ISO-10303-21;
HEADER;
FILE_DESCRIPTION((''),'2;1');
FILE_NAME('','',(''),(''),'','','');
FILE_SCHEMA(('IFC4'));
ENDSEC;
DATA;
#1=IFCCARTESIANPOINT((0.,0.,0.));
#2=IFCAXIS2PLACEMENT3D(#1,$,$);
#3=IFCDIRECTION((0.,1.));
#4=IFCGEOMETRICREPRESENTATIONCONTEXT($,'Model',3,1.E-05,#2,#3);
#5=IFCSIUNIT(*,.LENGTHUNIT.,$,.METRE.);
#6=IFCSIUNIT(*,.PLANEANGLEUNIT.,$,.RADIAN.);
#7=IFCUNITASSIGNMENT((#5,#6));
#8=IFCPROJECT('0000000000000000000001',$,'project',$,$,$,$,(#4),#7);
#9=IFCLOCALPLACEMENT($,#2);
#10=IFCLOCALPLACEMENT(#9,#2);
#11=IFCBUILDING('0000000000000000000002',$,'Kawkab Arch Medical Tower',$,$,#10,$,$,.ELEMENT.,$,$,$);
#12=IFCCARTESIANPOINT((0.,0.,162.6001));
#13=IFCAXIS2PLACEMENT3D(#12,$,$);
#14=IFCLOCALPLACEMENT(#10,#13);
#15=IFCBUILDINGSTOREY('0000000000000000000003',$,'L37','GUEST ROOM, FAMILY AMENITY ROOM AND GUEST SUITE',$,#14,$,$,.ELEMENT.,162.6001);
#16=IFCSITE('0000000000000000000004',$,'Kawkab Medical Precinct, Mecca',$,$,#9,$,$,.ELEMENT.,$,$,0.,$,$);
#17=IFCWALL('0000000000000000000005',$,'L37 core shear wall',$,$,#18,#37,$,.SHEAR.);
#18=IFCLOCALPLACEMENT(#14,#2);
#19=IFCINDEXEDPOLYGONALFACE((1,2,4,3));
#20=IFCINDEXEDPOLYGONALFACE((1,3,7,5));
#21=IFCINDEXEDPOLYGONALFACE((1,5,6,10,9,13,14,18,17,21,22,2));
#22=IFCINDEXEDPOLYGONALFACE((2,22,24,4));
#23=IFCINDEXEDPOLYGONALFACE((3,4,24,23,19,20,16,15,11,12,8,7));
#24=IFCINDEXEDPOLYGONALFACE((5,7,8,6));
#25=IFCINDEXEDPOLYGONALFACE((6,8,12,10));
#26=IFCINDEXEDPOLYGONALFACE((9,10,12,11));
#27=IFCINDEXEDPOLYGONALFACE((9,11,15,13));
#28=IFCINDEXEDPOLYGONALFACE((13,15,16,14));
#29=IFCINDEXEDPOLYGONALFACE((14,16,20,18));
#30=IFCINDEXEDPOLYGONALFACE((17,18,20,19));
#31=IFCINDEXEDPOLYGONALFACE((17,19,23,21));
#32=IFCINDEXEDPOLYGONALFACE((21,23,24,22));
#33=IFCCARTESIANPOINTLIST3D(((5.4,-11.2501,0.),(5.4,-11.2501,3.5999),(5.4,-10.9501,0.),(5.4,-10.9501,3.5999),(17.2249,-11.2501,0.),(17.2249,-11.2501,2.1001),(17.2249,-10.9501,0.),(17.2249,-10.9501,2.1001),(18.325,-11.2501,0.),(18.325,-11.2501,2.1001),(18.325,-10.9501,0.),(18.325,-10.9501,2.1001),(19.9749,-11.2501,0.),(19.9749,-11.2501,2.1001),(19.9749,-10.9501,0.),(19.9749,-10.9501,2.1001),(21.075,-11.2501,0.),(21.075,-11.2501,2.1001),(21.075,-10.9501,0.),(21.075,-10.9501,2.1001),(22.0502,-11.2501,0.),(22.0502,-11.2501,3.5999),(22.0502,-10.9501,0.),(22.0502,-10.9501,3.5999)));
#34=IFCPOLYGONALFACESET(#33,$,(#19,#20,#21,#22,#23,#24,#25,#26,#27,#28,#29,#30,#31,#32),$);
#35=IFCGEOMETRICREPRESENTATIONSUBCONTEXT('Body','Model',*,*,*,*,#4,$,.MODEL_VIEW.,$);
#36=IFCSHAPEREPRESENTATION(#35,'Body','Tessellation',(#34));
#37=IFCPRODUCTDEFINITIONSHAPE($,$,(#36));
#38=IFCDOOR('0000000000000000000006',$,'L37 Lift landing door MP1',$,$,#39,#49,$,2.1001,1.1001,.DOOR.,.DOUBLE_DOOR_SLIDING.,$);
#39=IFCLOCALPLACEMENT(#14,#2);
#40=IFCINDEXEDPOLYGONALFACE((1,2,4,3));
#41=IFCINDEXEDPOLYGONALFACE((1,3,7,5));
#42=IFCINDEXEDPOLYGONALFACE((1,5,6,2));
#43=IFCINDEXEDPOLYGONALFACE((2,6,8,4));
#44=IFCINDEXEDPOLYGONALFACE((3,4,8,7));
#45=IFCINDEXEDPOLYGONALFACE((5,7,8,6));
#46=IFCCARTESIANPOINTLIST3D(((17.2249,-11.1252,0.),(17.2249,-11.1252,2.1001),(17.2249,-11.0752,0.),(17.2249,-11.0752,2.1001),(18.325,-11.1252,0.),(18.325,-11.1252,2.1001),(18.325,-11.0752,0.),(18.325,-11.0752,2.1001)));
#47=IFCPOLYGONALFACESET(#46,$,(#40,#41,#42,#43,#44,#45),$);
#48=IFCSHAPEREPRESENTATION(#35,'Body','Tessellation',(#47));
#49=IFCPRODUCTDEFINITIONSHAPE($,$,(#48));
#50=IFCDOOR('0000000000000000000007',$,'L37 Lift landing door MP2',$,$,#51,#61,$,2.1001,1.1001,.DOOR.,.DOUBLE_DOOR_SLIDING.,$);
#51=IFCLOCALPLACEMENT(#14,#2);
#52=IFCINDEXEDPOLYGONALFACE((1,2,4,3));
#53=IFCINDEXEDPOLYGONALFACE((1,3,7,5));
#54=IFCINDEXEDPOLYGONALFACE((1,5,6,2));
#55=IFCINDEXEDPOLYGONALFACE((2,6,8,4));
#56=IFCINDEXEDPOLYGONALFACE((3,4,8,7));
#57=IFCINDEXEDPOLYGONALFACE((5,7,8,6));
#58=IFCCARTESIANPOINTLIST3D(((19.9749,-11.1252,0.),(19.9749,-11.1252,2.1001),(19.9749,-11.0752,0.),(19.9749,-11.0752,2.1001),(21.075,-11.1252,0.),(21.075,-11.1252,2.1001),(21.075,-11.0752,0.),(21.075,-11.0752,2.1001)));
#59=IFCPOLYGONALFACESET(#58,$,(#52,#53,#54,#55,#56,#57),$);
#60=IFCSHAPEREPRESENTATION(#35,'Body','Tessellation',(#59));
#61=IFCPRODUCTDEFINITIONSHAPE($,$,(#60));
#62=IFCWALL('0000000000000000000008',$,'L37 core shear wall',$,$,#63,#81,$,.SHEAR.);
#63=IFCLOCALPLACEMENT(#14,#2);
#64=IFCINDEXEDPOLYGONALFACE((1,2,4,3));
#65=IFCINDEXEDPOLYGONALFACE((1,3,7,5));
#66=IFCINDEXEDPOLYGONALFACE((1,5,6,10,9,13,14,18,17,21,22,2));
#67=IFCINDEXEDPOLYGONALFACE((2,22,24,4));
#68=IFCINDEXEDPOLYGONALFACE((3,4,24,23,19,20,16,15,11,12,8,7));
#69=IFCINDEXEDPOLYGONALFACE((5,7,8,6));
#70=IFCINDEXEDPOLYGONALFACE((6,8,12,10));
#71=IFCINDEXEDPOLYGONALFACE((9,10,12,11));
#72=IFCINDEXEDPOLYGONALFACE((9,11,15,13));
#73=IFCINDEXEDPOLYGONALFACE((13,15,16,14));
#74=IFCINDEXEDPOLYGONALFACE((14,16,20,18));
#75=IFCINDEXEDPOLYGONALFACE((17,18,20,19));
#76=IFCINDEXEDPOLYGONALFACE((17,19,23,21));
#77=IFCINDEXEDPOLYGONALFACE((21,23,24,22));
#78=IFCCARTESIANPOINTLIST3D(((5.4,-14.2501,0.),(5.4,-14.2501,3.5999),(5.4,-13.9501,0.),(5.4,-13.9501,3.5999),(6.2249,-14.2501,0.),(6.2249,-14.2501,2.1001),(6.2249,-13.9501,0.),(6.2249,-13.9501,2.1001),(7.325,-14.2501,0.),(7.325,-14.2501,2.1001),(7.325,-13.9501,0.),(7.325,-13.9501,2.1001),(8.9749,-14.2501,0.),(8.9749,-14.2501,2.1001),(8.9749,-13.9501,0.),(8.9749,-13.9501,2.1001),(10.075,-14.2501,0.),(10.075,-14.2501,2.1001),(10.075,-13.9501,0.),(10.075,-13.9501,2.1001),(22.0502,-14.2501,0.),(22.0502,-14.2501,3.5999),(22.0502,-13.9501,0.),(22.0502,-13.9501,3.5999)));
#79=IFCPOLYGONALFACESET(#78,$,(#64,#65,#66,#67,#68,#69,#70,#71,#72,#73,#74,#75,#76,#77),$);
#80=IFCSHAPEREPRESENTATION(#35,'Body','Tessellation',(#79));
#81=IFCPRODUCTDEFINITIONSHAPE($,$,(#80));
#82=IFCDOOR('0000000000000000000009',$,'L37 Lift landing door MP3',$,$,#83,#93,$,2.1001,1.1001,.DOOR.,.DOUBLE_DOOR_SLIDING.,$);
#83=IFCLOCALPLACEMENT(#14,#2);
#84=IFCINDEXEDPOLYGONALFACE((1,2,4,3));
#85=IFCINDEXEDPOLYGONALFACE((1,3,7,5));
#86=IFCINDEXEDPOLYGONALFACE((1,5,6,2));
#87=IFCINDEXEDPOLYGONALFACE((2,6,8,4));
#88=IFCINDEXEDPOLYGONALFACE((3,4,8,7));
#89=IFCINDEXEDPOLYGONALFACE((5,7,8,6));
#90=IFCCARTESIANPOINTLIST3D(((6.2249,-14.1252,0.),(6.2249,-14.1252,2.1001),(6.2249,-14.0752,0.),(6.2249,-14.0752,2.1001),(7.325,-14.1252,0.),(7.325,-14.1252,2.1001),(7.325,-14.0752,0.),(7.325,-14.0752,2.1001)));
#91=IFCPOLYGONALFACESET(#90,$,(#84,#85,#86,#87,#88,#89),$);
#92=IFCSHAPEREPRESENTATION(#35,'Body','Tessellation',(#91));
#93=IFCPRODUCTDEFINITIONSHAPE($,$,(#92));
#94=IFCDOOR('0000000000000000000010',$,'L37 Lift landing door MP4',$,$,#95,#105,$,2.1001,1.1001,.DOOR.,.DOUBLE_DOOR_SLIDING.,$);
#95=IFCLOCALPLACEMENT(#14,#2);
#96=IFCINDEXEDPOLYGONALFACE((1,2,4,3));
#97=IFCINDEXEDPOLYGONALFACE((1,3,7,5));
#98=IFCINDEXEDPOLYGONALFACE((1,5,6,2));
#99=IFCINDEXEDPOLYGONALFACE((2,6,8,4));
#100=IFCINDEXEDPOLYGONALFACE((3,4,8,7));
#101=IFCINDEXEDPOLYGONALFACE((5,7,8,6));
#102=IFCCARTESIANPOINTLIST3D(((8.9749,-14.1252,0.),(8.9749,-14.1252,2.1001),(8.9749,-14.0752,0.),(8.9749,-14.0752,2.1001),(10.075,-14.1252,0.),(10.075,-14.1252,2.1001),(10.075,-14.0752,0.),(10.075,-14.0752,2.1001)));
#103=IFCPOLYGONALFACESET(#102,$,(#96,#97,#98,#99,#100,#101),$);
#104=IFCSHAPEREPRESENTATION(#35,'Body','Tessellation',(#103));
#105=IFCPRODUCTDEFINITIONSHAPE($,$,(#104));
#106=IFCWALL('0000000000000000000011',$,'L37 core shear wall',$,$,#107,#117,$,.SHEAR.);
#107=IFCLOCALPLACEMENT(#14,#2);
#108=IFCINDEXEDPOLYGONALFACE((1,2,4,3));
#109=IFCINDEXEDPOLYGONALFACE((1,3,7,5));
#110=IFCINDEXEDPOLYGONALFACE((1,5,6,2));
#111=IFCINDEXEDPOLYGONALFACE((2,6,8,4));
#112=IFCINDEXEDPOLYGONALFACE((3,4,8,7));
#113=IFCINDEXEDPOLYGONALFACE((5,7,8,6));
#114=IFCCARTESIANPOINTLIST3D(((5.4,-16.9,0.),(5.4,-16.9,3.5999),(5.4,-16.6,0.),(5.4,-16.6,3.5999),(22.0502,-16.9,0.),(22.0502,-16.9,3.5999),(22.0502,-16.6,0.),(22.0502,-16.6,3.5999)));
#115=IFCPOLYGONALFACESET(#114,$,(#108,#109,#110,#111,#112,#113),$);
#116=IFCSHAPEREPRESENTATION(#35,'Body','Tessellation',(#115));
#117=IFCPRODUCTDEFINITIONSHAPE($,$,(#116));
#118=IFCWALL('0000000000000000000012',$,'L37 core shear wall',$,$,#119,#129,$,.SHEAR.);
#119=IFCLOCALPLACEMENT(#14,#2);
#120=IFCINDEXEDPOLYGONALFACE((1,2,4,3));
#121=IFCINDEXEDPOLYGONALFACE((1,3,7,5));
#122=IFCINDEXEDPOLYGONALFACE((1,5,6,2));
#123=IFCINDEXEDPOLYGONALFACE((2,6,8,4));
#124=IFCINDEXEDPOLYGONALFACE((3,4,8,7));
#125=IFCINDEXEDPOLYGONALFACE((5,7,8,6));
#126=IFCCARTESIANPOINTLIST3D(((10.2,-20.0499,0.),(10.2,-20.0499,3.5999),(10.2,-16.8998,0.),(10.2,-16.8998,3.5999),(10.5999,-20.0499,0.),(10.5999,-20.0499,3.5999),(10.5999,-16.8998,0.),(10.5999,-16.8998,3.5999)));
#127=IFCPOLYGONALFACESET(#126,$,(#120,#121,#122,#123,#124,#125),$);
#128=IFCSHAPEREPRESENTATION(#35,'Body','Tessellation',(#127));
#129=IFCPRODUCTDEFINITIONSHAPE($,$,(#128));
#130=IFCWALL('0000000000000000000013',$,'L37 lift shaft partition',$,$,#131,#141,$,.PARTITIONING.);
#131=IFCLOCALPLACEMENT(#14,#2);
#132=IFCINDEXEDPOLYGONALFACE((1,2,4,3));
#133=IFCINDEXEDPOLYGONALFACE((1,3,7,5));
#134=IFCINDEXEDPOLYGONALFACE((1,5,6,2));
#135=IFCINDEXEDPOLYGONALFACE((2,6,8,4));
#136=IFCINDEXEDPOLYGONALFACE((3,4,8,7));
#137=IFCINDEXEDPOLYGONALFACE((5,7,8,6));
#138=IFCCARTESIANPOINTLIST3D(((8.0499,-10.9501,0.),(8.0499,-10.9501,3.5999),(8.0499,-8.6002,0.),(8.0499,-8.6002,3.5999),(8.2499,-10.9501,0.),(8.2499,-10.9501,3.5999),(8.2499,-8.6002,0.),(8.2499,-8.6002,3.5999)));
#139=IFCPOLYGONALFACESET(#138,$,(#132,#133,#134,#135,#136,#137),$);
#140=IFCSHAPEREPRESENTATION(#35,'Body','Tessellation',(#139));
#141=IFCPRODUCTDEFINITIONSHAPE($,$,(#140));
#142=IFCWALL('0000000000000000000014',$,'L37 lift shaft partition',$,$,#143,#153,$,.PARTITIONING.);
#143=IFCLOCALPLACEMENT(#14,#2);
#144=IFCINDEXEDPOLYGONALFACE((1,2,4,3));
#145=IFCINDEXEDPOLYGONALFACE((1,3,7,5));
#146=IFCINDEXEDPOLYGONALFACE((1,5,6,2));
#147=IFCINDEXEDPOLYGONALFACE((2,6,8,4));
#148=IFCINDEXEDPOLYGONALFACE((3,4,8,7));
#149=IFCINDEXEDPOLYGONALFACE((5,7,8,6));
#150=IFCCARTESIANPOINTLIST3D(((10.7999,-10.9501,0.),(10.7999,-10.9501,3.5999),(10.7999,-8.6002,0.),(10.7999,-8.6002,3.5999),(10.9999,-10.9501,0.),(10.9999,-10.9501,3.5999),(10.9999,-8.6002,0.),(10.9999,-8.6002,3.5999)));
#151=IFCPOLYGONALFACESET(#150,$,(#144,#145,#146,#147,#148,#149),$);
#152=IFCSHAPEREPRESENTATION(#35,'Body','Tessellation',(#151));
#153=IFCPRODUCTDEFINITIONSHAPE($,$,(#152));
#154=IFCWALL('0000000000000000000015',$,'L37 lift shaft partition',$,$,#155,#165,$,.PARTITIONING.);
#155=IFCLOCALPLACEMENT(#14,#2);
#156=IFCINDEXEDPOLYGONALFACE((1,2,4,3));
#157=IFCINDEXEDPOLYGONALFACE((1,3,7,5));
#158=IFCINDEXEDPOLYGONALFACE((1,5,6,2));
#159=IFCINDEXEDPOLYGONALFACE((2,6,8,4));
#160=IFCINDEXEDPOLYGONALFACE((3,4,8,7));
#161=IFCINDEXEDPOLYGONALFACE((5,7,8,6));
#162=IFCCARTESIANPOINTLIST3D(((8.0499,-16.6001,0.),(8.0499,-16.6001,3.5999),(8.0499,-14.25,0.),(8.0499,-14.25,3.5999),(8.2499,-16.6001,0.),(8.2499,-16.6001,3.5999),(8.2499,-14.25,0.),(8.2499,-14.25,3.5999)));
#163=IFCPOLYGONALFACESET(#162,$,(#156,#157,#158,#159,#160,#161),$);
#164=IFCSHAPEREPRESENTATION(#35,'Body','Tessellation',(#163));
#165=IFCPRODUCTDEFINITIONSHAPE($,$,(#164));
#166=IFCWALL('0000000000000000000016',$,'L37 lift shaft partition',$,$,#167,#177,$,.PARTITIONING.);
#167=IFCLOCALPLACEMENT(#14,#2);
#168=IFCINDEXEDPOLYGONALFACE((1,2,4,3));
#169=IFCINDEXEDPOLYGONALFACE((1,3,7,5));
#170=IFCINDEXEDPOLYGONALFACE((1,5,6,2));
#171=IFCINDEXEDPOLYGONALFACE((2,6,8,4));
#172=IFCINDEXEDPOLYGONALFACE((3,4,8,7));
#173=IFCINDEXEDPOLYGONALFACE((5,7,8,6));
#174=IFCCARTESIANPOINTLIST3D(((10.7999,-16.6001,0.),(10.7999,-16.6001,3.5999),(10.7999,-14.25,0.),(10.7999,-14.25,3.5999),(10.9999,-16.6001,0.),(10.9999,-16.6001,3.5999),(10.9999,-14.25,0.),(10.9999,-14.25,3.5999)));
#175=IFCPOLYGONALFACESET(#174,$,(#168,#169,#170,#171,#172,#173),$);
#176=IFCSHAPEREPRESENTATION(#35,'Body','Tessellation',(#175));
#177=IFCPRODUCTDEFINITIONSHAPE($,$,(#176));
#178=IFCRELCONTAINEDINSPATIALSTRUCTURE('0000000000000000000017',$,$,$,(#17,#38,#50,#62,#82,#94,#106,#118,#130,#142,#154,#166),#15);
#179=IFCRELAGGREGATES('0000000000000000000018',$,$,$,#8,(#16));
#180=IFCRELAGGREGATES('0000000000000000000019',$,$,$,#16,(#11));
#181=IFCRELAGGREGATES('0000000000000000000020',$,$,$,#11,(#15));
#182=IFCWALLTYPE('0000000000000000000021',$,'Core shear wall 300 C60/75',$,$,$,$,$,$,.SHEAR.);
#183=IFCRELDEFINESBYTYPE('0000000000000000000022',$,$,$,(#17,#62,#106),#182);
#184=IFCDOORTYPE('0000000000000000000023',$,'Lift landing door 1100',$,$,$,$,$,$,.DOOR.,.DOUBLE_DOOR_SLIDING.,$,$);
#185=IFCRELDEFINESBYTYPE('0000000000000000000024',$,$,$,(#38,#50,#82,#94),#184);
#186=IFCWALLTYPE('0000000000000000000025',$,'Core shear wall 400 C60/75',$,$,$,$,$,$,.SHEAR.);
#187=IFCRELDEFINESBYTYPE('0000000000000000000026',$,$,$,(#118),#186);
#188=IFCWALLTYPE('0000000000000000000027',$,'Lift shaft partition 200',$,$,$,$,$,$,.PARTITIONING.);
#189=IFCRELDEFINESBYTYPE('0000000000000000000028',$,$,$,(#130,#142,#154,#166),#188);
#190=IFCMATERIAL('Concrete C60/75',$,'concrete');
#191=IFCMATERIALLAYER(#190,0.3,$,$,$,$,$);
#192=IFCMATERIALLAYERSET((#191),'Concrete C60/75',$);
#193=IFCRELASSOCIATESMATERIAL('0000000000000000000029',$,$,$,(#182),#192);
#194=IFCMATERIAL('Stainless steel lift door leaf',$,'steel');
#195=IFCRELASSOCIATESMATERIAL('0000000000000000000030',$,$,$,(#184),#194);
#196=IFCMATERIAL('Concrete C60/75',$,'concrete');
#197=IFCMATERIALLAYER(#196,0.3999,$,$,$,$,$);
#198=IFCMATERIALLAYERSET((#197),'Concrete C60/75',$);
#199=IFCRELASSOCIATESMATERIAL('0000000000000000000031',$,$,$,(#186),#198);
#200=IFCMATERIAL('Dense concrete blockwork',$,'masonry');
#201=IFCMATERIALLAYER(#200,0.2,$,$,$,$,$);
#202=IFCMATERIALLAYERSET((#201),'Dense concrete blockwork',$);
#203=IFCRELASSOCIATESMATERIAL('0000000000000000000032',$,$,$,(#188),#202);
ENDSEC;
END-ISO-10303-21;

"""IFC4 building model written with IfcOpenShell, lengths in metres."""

from ifc_helpers import new_model, si_unit, direction, frame, frame_2d, origin, place, context, subcontext, project, spatial, rectangle, extrude, material, layer, layer_set, type_object, element, fill, save


model = new_model("IFC4")

# Units and contexts
model_context = context("Model", 3, precision=1e-05, world=origin(), true_north=direction((0.0, 1.0)))
body_context = subcontext(model_context, "Body", "Model", "MODEL_VIEW")
ifc_project = project(units=[si_unit("LENGTHUNIT", "METRE"), si_unit("PLANEANGLEUNIT", "RADIAN")], contexts=[model_context])

# Site, building, storey
site_placement = place(None, origin())
site = spatial("IfcSite", under=ifc_project, at=site_placement, Name="Kawkab Medical Precinct, Mecca", CompositionType="ELEMENT", RefElevation=0.0)
building_placement = place(site_placement, origin())
building = spatial("IfcBuilding", under=site, at=building_placement, Name="Kawkab Arch Medical Tower", CompositionType="ELEMENT")
storey_placement = place(building_placement, frame((0.0, 0.0, 162.6001)))
storey = spatial("IfcBuildingStorey", under=building, at=storey_placement, Name="L37", Description="GUEST ROOM, FAMILY AMENITY ROOM AND GUEST SUITE", CompositionType="ELEMENT", Elevation=162.6001)

# Shared definitions
ifc_material_1 = material(Name="Concrete C60/75", Category="concrete")
ifc_layer_1 = layer(ifc_material_1, 0.3)
ifc_layer_set_1 = layer_set([ifc_layer_1], Name="Concrete C60/75")
wall_type_1 = type_object("IfcWallType", Name="Core shear wall 300 C60/75", PredefinedType="SHEAR", material=ifc_layer_set_1)

# Walls, openings, doors
wall_1_placement = place(storey_placement, frame((5.3999, -11.1001, 0.0), z_axis=(0.0, 0.0, 1.0), x_axis=(1.0, 0.0, 0.0)))
wall_1 = element("IfcWall", 1, at=wall_1_placement, inside=storey, type_object=wall_type_1, Name="L37 core shear wall", PredefinedType="SHEAR", context=body_context, shape_type="SweptSolid", body=[
    extrude(rectangle(XDim=16.6501, YDim=0.3, at=frame_2d((8.3252, 0.0))), origin(), (0.0, 0.0, 1.0), 3.5999),
])
opening_1_placement = place(wall_1_placement, frame((11.825, 0.0, 0.0)))
opening_1 = element("IfcOpeningElement", 2, at=opening_1_placement, cuts=wall_1, PredefinedType="OPENING", context=body_context, shape_type="SweptSolid", body=[
    extrude(rectangle(XDim=1.1001, YDim=2.1001, at=frame_2d((0.55, 1.05))), frame((0.0, 0.1599, 0.0), z_axis=(0.0, -1.0, 0.0), x_axis=(1.0, 0.0, 0.0)), (0.0, 0.0, 1.0), 0.3201),
])
opening_2_placement = place(wall_1_placement, frame((14.575, 0.0, 0.0)))
opening_2 = element("IfcOpeningElement", 3, at=opening_2_placement, cuts=wall_1, PredefinedType="OPENING", context=body_context, shape_type="SweptSolid", body=[
    extrude(rectangle(XDim=1.1001, YDim=2.1001, at=frame_2d((0.55, 1.05))), frame((0.0, 0.1599, 0.0), z_axis=(0.0, -1.0, 0.0), x_axis=(1.0, 0.0, 0.0)), (0.0, 0.0, 1.0), 0.3201),
])
ifc_material_2 = material(Name="Stainless steel lift door leaf", Category="steel")
door_type_1 = type_object("IfcDoorType", Name="Lift landing door 1100", OperationType="DOUBLE_DOOR_SLIDING", PredefinedType="DOOR", material=ifc_material_2)
door_1_placement = place(opening_1_placement, origin())
door_1 = element("IfcDoor", 4, at=door_1_placement, inside=storey, type_object=door_type_1, Name="L37 Lift landing door MP1", OperationType="DOUBLE_DOOR_SLIDING", OverallHeight=2.1001, OverallWidth=1.1001, PredefinedType="DOOR", context=body_context, shape_type="SweptSolid", body=[
    extrude(rectangle(XDim=1.1001, YDim=2.1001, at=frame_2d((0.55, 1.05))), frame((0.0, 0.0249, 0.0), z_axis=(0.0, -1.0, 0.0), x_axis=(1.0, 0.0, 0.0)), (0.0, 0.0, 1.0), 0.05),
])
fill(opening_1, door_1)
door_2_placement = place(opening_2_placement, origin())
door_2 = element("IfcDoor", 5, at=door_2_placement, inside=storey, type_object=door_type_1, Name="L37 Lift landing door MP2", OperationType="DOUBLE_DOOR_SLIDING", OverallHeight=2.1001, OverallWidth=1.1001, PredefinedType="DOOR", context=body_context, shape_type="SweptSolid", body=[
    extrude(rectangle(XDim=1.1001, YDim=2.1001, at=frame_2d((0.55, 1.05))), frame((0.0, 0.0249, 0.0), z_axis=(0.0, -1.0, 0.0), x_axis=(1.0, 0.0, 0.0)), (0.0, 0.0, 1.0), 0.05),
])
fill(opening_2, door_2)
wall_2_placement = place(storey_placement, frame((5.3999, -14.1001, 0.0), z_axis=(0.0, 0.0, 1.0), x_axis=(1.0, 0.0, 0.0)))
wall_2 = element("IfcWall", 6, at=wall_2_placement, inside=storey, type_object=wall_type_1, Name="L37 core shear wall", PredefinedType="SHEAR", context=body_context, shape_type="SweptSolid", body=[
    extrude(rectangle(XDim=16.6501, YDim=0.3, at=frame_2d((8.3252, 0.0))), origin(), (0.0, 0.0, 1.0), 3.5999),
])
opening_3_placement = place(wall_2_placement, frame((0.825, 0.0, 0.0)))
opening_3 = element("IfcOpeningElement", 7, at=opening_3_placement, cuts=wall_2, PredefinedType="OPENING", context=body_context, shape_type="SweptSolid", body=[
    extrude(rectangle(XDim=1.1001, YDim=2.1001, at=frame_2d((0.55, 1.05))), frame((0.0, 0.1599, 0.0), z_axis=(0.0, -1.0, 0.0), x_axis=(1.0, 0.0, 0.0)), (0.0, 0.0, 1.0), 0.3201),
])
opening_4_placement = place(wall_2_placement, frame((3.575, 0.0, 0.0)))
opening_4 = element("IfcOpeningElement", 8, at=opening_4_placement, cuts=wall_2, PredefinedType="OPENING", context=body_context, shape_type="SweptSolid", body=[
    extrude(rectangle(XDim=1.1001, YDim=2.1001, at=frame_2d((0.55, 1.05))), frame((0.0, 0.1599, 0.0), z_axis=(0.0, -1.0, 0.0), x_axis=(1.0, 0.0, 0.0)), (0.0, 0.0, 1.0), 0.3201),
])
door_3_placement = place(opening_3_placement, origin())
door_3 = element("IfcDoor", 9, at=door_3_placement, inside=storey, type_object=door_type_1, Name="L37 Lift landing door MP3", OperationType="DOUBLE_DOOR_SLIDING", OverallHeight=2.1001, OverallWidth=1.1001, PredefinedType="DOOR", context=body_context, shape_type="SweptSolid", body=[
    extrude(rectangle(XDim=1.1001, YDim=2.1001, at=frame_2d((0.55, 1.05))), frame((0.0, 0.0249, 0.0), z_axis=(0.0, -1.0, 0.0), x_axis=(1.0, 0.0, 0.0)), (0.0, 0.0, 1.0), 0.05),
])
fill(opening_3, door_3)
door_4_placement = place(opening_4_placement, origin())
door_4 = element("IfcDoor", 10, at=door_4_placement, inside=storey, type_object=door_type_1, Name="L37 Lift landing door MP4", OperationType="DOUBLE_DOOR_SLIDING", OverallHeight=2.1001, OverallWidth=1.1001, PredefinedType="DOOR", context=body_context, shape_type="SweptSolid", body=[
    extrude(rectangle(XDim=1.1001, YDim=2.1001, at=frame_2d((0.55, 1.05))), frame((0.0, 0.0249, 0.0), z_axis=(0.0, -1.0, 0.0), x_axis=(1.0, 0.0, 0.0)), (0.0, 0.0, 1.0), 0.05),
])
fill(opening_4, door_4)

# Walls
wall_3_placement = place(storey_placement, frame((5.3999, -16.75, 0.0), z_axis=(0.0, 0.0, 1.0), x_axis=(1.0, 0.0, 0.0)))
element("IfcWall", 11, at=wall_3_placement, inside=storey, type_object=wall_type_1, Name="L37 core shear wall", PredefinedType="SHEAR", context=body_context, shape_type="SweptSolid", body=[
    extrude(rectangle(XDim=16.6501, YDim=0.3, at=frame_2d((8.3252, 0.0))), origin(), (0.0, 0.0, 1.0), 3.5999),
])
ifc_material_3 = material(Name="Concrete C60/75", Category="concrete")
ifc_layer_2 = layer(ifc_material_3, 0.3999)
ifc_layer_set_2 = layer_set([ifc_layer_2], Name="Concrete C60/75")
wall_type_2 = type_object("IfcWallType", Name="Core shear wall 400 C60/75", PredefinedType="SHEAR", material=ifc_layer_set_2)
wall_4_placement = place(storey_placement, frame((10.3999, -20.05, 0.0), z_axis=(0.0, 0.0, 1.0), x_axis=(0.0, 1.0, 0.0)))
element("IfcWall", 12, at=wall_4_placement, inside=storey, type_object=wall_type_2, Name="L37 core shear wall", PredefinedType="SHEAR", context=body_context, shape_type="SweptSolid", body=[
    extrude(rectangle(XDim=3.1501, YDim=0.3999, at=frame_2d((1.5752, 0.0))), origin(), (0.0, 0.0, 1.0), 3.5999),
])
ifc_material_4 = material(Name="Dense concrete blockwork", Category="masonry")
ifc_layer_3 = layer(ifc_material_4, 0.2)
ifc_layer_set_3 = layer_set([ifc_layer_3], Name="Dense concrete blockwork")
wall_type_3 = type_object("IfcWallType", Name="Lift shaft partition 200", PredefinedType="PARTITIONING", material=ifc_layer_set_3)
for number, where, z_axis, x_axis, name in (
    (13, (8.1499, -10.95, 0.0), (0.0, 0.0, 1.0), (0.0, 1.0, 0.0), "L37 lift shaft partition"),
    (14, (10.8999, -10.95, 0.0), (0.0, 0.0, 1.0), (0.0, 1.0, 0.0), "L37 lift shaft partition"),
):
    element("IfcWall", number, at=place(storey_placement, frame(where, z_axis=z_axis, x_axis=x_axis)), inside=storey, type_object=wall_type_3, Name=name, PredefinedType="PARTITIONING", context=body_context, shape_type="SweptSolid", body=[
        extrude(rectangle(XDim=2.3499, YDim=0.2, at=frame_2d((1.1748, 0.0))), origin(), (0.0, 0.0, 1.0), 3.5999),
    ])
for number, where, z_axis, x_axis, name in (
    (15, (8.1499, -16.6001, 0.0), (0.0, 0.0, 1.0), (0.0, 1.0, 0.0), "L37 lift shaft partition"),
    (16, (10.8999, -16.6001, 0.0), (0.0, 0.0, 1.0), (0.0, 1.0, 0.0), "L37 lift shaft partition"),
):
    element("IfcWall", number, at=place(storey_placement, frame(where, z_axis=z_axis, x_axis=x_axis)), inside=storey, type_object=wall_type_3, Name=name, PredefinedType="PARTITIONING", context=body_context, shape_type="SweptSolid", body=[
        extrude(rectangle(XDim=2.3501, YDim=0.2, at=frame_2d((1.175, 0.0))), origin(), (0.0, 0.0, 1.0), 3.5999),
    ])

save(model, "model.ifc")
